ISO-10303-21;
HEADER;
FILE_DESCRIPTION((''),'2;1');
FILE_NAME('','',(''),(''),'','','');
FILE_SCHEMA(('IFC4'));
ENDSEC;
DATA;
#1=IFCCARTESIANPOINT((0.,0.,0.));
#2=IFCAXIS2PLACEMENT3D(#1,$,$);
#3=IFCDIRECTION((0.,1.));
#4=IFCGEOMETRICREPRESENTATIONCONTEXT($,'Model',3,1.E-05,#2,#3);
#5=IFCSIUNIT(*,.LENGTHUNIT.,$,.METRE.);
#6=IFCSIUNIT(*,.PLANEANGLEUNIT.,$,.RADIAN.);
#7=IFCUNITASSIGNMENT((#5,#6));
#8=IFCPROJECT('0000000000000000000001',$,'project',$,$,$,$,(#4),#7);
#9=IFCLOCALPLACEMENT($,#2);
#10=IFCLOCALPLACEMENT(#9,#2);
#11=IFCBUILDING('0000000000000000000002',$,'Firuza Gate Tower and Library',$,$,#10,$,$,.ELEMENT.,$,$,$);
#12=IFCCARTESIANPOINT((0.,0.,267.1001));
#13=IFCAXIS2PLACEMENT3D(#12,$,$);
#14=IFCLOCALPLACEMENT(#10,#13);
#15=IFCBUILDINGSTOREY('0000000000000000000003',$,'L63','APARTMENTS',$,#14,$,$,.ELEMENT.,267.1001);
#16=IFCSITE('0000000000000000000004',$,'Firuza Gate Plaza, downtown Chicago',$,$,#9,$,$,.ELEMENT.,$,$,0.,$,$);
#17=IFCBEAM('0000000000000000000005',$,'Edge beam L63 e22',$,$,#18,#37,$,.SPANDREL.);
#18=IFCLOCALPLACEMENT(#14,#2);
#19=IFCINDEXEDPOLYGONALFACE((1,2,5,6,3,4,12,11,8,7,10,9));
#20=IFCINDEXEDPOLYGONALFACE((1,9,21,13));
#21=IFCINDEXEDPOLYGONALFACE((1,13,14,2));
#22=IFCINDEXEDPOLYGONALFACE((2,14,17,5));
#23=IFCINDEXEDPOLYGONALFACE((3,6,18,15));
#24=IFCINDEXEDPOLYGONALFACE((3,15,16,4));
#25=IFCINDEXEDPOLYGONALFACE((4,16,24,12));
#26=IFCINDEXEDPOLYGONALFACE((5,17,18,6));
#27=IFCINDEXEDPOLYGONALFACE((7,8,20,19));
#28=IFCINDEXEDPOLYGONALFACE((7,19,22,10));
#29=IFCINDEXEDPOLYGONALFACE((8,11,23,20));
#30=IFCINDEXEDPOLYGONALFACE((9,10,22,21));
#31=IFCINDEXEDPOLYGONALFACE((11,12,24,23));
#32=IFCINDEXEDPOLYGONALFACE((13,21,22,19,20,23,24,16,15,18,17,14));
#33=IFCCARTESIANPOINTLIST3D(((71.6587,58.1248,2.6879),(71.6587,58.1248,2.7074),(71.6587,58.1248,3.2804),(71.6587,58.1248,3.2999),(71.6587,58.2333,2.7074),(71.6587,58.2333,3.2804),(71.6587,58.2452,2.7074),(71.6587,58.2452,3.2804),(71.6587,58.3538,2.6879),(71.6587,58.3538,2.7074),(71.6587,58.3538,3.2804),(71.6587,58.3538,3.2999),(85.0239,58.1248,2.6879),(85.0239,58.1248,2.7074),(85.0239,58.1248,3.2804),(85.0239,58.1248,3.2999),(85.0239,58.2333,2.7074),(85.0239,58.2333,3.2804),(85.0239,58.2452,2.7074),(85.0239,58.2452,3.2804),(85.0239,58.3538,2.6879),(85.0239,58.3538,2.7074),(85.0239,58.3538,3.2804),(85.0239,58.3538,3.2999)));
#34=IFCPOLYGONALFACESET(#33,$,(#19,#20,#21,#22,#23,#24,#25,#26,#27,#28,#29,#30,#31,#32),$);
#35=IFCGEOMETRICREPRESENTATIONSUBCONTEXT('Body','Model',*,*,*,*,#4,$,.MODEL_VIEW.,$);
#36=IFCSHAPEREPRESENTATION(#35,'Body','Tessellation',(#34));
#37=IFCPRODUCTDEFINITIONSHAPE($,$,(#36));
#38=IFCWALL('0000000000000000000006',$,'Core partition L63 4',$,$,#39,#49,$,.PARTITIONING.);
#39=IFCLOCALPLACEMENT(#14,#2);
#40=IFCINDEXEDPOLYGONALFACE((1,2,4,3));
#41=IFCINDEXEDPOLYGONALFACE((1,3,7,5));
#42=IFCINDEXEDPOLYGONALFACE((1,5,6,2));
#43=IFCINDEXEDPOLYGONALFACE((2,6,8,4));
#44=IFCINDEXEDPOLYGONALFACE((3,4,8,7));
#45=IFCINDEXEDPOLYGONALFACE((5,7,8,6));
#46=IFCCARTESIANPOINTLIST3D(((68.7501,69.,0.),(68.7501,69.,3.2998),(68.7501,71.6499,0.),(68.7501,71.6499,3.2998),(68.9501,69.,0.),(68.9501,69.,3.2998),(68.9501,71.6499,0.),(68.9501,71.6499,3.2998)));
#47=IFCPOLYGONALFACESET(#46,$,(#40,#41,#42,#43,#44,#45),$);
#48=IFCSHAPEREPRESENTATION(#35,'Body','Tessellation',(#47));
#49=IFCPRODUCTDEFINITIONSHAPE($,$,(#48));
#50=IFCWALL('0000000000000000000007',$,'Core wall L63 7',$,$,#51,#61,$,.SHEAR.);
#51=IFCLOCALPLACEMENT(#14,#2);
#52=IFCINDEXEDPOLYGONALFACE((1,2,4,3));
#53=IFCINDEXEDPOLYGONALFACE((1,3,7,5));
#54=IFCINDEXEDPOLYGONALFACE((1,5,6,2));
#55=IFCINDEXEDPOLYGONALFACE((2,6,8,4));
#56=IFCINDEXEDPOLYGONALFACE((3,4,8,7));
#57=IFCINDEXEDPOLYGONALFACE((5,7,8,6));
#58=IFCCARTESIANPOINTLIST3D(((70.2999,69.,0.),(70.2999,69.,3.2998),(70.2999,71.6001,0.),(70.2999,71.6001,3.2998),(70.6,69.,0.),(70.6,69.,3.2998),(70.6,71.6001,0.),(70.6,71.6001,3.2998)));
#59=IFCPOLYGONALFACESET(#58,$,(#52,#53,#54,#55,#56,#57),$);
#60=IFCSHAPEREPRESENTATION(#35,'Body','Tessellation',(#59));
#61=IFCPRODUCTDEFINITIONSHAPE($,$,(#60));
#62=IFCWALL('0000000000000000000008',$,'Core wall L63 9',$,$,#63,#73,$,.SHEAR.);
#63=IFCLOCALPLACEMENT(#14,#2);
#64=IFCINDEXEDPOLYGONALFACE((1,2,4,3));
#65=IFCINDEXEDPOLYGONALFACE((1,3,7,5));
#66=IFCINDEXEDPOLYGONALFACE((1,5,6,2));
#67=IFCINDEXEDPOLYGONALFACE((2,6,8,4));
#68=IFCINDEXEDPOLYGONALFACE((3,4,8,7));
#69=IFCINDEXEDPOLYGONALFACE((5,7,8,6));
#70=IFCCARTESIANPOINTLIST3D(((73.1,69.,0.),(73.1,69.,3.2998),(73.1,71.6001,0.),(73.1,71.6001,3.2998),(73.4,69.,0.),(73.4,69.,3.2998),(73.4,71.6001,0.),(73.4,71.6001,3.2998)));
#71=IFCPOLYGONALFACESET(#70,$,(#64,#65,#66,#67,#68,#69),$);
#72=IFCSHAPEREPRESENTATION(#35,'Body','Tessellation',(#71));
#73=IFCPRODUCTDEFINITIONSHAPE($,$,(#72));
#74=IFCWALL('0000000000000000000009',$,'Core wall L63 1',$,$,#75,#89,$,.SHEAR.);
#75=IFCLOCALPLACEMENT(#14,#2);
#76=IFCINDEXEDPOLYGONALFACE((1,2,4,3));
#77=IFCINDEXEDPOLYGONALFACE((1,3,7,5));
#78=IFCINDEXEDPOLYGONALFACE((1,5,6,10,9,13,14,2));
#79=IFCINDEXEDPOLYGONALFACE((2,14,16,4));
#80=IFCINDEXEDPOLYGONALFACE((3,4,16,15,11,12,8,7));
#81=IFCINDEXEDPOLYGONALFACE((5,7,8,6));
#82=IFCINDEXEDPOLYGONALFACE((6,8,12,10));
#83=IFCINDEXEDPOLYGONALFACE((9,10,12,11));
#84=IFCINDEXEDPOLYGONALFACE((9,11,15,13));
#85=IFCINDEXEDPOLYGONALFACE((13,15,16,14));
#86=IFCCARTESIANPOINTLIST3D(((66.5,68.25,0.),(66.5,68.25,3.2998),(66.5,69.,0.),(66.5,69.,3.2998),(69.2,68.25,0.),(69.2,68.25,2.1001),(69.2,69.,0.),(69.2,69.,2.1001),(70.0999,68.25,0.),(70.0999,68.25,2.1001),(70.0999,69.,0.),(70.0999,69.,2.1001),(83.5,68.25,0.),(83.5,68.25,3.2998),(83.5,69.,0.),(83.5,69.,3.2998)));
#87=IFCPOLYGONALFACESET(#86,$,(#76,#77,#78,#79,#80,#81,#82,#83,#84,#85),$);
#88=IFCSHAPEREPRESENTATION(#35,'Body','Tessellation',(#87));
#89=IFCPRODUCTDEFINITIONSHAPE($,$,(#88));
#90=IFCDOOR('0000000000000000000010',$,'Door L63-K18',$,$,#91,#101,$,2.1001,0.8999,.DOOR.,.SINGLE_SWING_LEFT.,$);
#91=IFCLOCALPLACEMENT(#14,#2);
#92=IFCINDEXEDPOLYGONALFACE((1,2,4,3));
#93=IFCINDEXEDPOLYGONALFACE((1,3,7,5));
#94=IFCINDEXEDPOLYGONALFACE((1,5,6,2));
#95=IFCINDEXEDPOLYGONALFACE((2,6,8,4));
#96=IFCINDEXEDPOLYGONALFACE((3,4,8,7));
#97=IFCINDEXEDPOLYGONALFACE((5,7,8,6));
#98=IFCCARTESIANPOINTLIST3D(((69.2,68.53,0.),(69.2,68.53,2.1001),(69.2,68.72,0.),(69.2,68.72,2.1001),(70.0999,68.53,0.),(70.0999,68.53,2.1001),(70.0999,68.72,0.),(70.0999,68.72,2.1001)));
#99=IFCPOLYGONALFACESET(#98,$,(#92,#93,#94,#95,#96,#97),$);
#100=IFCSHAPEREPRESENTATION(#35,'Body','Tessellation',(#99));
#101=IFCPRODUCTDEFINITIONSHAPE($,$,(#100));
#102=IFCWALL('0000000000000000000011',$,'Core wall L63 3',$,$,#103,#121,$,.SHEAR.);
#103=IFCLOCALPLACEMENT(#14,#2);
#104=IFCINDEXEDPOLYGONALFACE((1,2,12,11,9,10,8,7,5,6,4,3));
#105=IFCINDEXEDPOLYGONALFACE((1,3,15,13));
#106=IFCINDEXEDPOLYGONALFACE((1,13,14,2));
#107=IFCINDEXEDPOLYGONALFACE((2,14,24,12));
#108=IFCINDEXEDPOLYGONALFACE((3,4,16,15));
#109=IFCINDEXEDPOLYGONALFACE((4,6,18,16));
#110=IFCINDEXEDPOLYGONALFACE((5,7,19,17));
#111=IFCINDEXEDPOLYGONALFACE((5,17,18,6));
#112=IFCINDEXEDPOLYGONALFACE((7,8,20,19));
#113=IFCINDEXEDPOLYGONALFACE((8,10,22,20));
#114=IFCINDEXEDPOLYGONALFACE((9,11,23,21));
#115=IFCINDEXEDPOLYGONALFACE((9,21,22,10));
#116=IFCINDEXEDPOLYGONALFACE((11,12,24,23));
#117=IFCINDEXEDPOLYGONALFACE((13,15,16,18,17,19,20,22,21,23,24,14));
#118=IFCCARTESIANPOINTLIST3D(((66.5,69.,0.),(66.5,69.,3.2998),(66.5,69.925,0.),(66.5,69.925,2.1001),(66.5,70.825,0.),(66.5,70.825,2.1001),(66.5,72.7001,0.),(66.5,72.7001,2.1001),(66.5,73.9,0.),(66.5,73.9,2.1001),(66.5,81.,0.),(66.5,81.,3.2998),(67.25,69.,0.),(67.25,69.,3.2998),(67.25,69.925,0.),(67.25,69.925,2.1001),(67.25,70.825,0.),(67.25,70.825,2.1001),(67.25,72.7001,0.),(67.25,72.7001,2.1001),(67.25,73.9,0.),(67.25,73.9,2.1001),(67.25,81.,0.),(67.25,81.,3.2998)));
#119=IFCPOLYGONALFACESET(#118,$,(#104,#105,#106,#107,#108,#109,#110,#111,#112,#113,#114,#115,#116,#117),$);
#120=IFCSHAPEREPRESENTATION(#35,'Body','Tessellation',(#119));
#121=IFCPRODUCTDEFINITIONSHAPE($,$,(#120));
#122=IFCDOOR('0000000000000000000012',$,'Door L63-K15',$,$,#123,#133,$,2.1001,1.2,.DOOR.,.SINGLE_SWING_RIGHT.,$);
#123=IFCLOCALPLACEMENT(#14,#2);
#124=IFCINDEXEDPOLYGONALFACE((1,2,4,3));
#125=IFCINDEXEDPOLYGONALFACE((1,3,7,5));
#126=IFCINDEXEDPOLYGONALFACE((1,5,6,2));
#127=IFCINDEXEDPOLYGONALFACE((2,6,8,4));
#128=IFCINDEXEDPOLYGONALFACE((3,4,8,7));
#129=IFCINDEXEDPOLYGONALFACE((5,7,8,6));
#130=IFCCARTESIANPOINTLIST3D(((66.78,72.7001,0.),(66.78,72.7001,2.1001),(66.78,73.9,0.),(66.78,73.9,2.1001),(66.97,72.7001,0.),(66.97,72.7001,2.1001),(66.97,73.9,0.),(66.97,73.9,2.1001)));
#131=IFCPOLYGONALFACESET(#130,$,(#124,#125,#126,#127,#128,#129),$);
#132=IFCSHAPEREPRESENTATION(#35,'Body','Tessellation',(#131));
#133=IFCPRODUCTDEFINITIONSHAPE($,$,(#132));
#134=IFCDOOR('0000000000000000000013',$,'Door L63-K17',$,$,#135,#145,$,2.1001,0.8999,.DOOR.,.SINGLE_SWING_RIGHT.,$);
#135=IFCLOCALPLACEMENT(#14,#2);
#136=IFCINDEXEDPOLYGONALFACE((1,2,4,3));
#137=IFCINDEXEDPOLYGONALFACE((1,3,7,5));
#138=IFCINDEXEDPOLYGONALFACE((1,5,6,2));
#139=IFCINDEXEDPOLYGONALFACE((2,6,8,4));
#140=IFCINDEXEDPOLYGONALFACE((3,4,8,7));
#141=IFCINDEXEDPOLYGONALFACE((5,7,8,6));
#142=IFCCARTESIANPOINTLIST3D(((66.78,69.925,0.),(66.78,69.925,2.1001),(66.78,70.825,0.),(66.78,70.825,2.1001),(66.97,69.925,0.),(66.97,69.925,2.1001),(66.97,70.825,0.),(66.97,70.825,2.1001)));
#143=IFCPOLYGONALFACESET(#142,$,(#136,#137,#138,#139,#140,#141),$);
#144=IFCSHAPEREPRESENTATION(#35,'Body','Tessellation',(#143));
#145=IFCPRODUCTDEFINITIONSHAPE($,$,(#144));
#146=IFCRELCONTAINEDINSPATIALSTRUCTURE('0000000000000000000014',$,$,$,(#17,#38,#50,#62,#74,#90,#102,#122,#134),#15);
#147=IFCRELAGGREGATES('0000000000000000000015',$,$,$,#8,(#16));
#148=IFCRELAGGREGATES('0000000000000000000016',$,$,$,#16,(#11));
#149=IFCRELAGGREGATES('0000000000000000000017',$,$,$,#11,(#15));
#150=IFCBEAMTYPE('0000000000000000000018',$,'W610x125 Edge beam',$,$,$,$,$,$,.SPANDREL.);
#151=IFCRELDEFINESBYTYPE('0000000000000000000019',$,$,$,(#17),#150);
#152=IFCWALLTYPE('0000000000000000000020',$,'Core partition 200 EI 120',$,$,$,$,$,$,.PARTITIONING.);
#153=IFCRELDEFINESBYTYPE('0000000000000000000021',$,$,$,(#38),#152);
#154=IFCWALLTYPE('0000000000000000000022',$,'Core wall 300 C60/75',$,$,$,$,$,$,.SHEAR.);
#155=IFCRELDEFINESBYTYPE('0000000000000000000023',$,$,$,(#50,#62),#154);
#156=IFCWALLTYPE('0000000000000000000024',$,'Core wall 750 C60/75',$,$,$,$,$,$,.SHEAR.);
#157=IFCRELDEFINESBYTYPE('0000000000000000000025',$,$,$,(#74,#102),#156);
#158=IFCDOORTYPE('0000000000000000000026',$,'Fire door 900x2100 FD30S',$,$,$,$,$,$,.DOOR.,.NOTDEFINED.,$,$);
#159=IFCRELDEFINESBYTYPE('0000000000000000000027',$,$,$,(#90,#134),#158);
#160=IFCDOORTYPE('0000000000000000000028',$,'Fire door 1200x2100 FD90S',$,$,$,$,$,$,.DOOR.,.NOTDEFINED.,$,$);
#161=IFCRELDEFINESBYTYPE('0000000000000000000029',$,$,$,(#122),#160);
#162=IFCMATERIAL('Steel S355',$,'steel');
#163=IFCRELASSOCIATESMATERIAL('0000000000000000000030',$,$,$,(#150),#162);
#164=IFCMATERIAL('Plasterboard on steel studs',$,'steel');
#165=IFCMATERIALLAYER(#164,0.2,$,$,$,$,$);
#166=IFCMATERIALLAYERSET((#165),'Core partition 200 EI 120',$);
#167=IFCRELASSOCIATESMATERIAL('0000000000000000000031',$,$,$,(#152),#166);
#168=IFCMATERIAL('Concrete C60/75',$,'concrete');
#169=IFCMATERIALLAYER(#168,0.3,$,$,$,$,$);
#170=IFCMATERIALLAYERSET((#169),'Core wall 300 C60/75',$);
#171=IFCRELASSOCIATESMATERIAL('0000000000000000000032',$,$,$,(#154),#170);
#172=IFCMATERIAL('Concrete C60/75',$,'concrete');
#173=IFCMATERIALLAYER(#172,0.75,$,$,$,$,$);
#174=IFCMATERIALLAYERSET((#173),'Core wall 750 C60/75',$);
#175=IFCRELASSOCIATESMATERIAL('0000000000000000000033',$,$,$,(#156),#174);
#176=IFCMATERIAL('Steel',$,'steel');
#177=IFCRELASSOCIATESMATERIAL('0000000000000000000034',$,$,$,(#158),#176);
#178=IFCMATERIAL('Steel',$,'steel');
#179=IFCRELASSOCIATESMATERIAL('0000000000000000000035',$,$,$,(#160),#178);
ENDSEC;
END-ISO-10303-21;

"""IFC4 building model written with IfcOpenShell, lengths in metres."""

from ifc_helpers import new_model, si_unit, direction, frame, frame_2d, origin, origin_2d, place, context, subcontext, project, spatial, rectangle, i_section, extrude, material, layer, layer_set, material_profile, profile_set, type_object, element, fill, save


model = new_model("IFC4")

# Units and contexts
model_context = context("Model", 3, precision=1e-05, world=origin(), true_north=direction((0.0, 1.0)))
body_context = subcontext(model_context, "Body", "Model", "MODEL_VIEW")
ifc_project = project(units=[si_unit("LENGTHUNIT", "METRE"), si_unit("PLANEANGLEUNIT", "RADIAN")], contexts=[model_context])

# Site, building, storey
site_placement = place(None, origin())
site = spatial("IfcSite", under=ifc_project, at=site_placement, Name="Firuza Gate Plaza, downtown Chicago", CompositionType="ELEMENT", RefElevation=0.0)
building_placement = place(site_placement, origin())
building = spatial("IfcBuilding", under=site, at=building_placement, Name="Firuza Gate Tower and Library", CompositionType="ELEMENT")
storey_placement = place(building_placement, frame((0.0, 0.0, 267.1001)))
storey = spatial("IfcBuildingStorey", under=building, at=storey_placement, Name="L63", Description="APARTMENTS", CompositionType="ELEMENT", Elevation=267.1001)

# Beam
ifc_material_1 = material(Name="Steel S355", Category="steel")
ifc_material_profile = material_profile(ifc_material_1, i_section(OverallWidth=0.229, OverallDepth=0.6121, WebThickness=0.012, FlangeThickness=0.0195, at=origin_2d()))
ifc_profile_set = profile_set([ifc_material_profile], Name="Steel S355")
beam_type = type_object("IfcBeamType", Name="W610x125 Edge beam", PredefinedType="SPANDREL", material=ifc_profile_set)
beam_placement = place(storey_placement, frame((71.6587, 58.2393, 2.9939), z_axis=(1.0, 0.0, 0.0), x_axis=(0.0, 1.0, 0.0)))
element("IfcBeam", 1, at=beam_placement, inside=storey, type_object=beam_type, Name="Edge beam L63 e22", PredefinedType="SPANDREL", context=body_context, shape_type="SweptSolid", body=[
    extrude(i_section(OverallWidth=0.229, OverallDepth=0.6121, WebThickness=0.012, FlangeThickness=0.0195, at=origin_2d()), origin(), (0.0, 0.0, 1.0), 13.3652),
])

# Walls
ifc_material_2 = material(Name="Plasterboard on steel studs", Category="steel")
ifc_layer_1 = layer(ifc_material_2, 0.2)
ifc_layer_set_1 = layer_set([ifc_layer_1], Name="Core partition 200 EI 120")
wall_type_1 = type_object("IfcWallType", Name="Core partition 200 EI 120", PredefinedType="PARTITIONING", material=ifc_layer_set_1)
wall_1_placement = place(storey_placement, frame((68.8501, 69.0, 0.0), z_axis=(0.0, 0.0, 1.0), x_axis=(0.0, 1.0, 0.0)))
element("IfcWall", 2, at=wall_1_placement, inside=storey, type_object=wall_type_1, Name="Core partition L63 4", PredefinedType="PARTITIONING", context=body_context, shape_type="SweptSolid", body=[
    extrude(rectangle(XDim=2.6499, YDim=0.2, at=frame_2d((1.325, 0.0))), origin(), (0.0, 0.0, 1.0), 3.2998),
])
ifc_material_3 = material(Name="Concrete C60/75", Category="concrete")
ifc_layer_2 = layer(ifc_material_3, 0.3)
ifc_layer_set_2 = layer_set([ifc_layer_2], Name="Core wall 300 C60/75")
wall_type_2 = type_object("IfcWallType", Name="Core wall 300 C60/75", PredefinedType="SHEAR", material=ifc_layer_set_2)
for number, where, z_axis, x_axis, name in (
    (3, (70.45, 69.0, 0.0), (0.0, 0.0, 1.0), (0.0, 1.0, 0.0), "Core wall L63 7"),
    (4, (73.25, 69.0, 0.0), (0.0, 0.0, 1.0), (0.0, 1.0, 0.0), "Core wall L63 9"),
):
    element("IfcWall", number, at=place(storey_placement, frame(where, z_axis=z_axis, x_axis=x_axis)), inside=storey, type_object=wall_type_2, Name=name, PredefinedType="SHEAR", context=body_context, shape_type="SweptSolid", body=[
        extrude(rectangle(XDim=2.6001, YDim=0.3, at=frame_2d((1.3, 0.0))), origin(), (0.0, 0.0, 1.0), 3.2998),
    ])

# Wall, opening, door
ifc_material_4 = material(Name="Concrete C60/75", Category="concrete")
ifc_layer_3 = layer(ifc_material_4, 0.75)
ifc_layer_set_3 = layer_set([ifc_layer_3], Name="Core wall 750 C60/75")
wall_type_3 = type_object("IfcWallType", Name="Core wall 750 C60/75", PredefinedType="SHEAR", material=ifc_layer_set_3)
wall_2_placement = place(storey_placement, frame((66.5, 68.625, 0.0), z_axis=(0.0, 0.0, 1.0), x_axis=(1.0, 0.0, 0.0)))
wall_2 = element("IfcWall", 5, at=wall_2_placement, inside=storey, type_object=wall_type_3, Name="Core wall L63 1", PredefinedType="SHEAR", context=body_context, shape_type="SweptSolid", body=[
    extrude(rectangle(XDim=17.0, YDim=0.75, at=frame_2d((8.5, 0.0))), origin(), (0.0, 0.0, 1.0), 3.2998),
])
opening_1_placement = place(wall_2_placement, frame((2.7, 0.0, 0.0)))
opening_1 = element("IfcOpeningElement", 6, at=opening_1_placement, cuts=wall_2, PredefinedType="OPENING", context=body_context, shape_type="SweptSolid", body=[
    extrude(rectangle(XDim=0.8999, YDim=2.1001, at=frame_2d((0.45, 1.05))), frame((0.0, 0.385, 0.0), z_axis=(0.0, -1.0, 0.0), x_axis=(1.0, 0.0, 0.0)), (0.0, 0.0, 1.0), 0.77),
])
ifc_material_5 = material(Name="Steel", Category="steel")
door_type_1 = type_object("IfcDoorType", Name="Fire door 900x2100 FD30S", OperationType="NOTDEFINED", PredefinedType="DOOR", material=ifc_material_5)
door_1_placement = place(opening_1_placement, origin())
door_1 = element("IfcDoor", 7, at=door_1_placement, inside=storey, type_object=door_type_1, Name="Door L63-K18", OperationType="SINGLE_SWING_LEFT", OverallHeight=2.1001, OverallWidth=0.8999, PredefinedType="DOOR", context=body_context, shape_type="SweptSolid", body=[
    extrude(rectangle(XDim=0.8999, YDim=2.1001, at=frame_2d((0.45, 1.05))), frame((0.0, 0.095, 0.0), z_axis=(0.0, -1.0, 0.0), x_axis=(1.0, 0.0, 0.0)), (0.0, 0.0, 1.0), 0.1899),
])
fill(opening_1, door_1)

# Wall, openings, doors
wall_3_placement = place(storey_placement, frame((66.875, 69.0, 0.0), z_axis=(0.0, 0.0, 1.0), x_axis=(0.0, 1.0, 0.0)))
wall_3 = element("IfcWall", 8, at=wall_3_placement, inside=storey, type_object=wall_type_3, Name="Core wall L63 3", PredefinedType="SHEAR", context=body_context, shape_type="SweptSolid", body=[
    extrude(rectangle(XDim=12.0, YDim=0.75, at=frame_2d((6.0, 0.0))), origin(), (0.0, 0.0, 1.0), 3.2998),
])
opening_2_placement = place(wall_3_placement, frame((3.7, 0.0, 0.0)))
opening_2 = element("IfcOpeningElement", 9, at=opening_2_placement, cuts=wall_3, PredefinedType="OPENING", context=body_context, shape_type="SweptSolid", body=[
    extrude(rectangle(XDim=1.2, YDim=2.1001, at=frame_2d((0.6001, 1.05))), frame((0.0, 0.385, 0.0), z_axis=(0.0, -1.0, 0.0), x_axis=(1.0, 0.0, 0.0)), (0.0, 0.0, 1.0), 0.77),
])
opening_3_placement = place(wall_3_placement, frame((0.925, 0.0, 0.0)))
opening_3 = element("IfcOpeningElement", 10, at=opening_3_placement, cuts=wall_3, PredefinedType="OPENING", context=body_context, shape_type="SweptSolid", body=[
    extrude(rectangle(XDim=0.8999, YDim=2.1001, at=frame_2d((0.45, 1.05))), frame((0.0, 0.385, 0.0), z_axis=(0.0, -1.0, 0.0), x_axis=(1.0, 0.0, 0.0)), (0.0, 0.0, 1.0), 0.77),
])
ifc_material_6 = material(Name="Steel", Category="steel")
door_type_2 = type_object("IfcDoorType", Name="Fire door 1200x2100 FD90S", OperationType="NOTDEFINED", PredefinedType="DOOR", material=ifc_material_6)
door_2_placement = place(opening_2_placement, origin())
door_2 = element("IfcDoor", 11, at=door_2_placement, inside=storey, type_object=door_type_2, Name="Door L63-K15", OperationType="SINGLE_SWING_RIGHT", OverallHeight=2.1001, OverallWidth=1.2, PredefinedType="DOOR", context=body_context, shape_type="SweptSolid", body=[
    extrude(rectangle(XDim=1.2, YDim=2.1001, at=frame_2d((0.6001, 1.05))), frame((0.0, 0.095, 0.0), z_axis=(0.0, -1.0, 0.0), x_axis=(1.0, 0.0, 0.0)), (0.0, 0.0, 1.0), 0.1899),
])
fill(opening_2, door_2)
door_3_placement = place(opening_3_placement, origin())
door_3 = element("IfcDoor", 12, at=door_3_placement, inside=storey, type_object=door_type_1, Name="Door L63-K17", OperationType="SINGLE_SWING_RIGHT", OverallHeight=2.1001, OverallWidth=0.8999, PredefinedType="DOOR", context=body_context, shape_type="SweptSolid", body=[
    extrude(rectangle(XDim=0.8999, YDim=2.1001, at=frame_2d((0.45, 1.05))), frame((0.0, 0.095, 0.0), z_axis=(0.0, -1.0, 0.0), x_axis=(1.0, 0.0, 0.0)), (0.0, 0.0, 1.0), 0.1899),
])
fill(opening_3, door_3)

save(model, "model.ifc")
